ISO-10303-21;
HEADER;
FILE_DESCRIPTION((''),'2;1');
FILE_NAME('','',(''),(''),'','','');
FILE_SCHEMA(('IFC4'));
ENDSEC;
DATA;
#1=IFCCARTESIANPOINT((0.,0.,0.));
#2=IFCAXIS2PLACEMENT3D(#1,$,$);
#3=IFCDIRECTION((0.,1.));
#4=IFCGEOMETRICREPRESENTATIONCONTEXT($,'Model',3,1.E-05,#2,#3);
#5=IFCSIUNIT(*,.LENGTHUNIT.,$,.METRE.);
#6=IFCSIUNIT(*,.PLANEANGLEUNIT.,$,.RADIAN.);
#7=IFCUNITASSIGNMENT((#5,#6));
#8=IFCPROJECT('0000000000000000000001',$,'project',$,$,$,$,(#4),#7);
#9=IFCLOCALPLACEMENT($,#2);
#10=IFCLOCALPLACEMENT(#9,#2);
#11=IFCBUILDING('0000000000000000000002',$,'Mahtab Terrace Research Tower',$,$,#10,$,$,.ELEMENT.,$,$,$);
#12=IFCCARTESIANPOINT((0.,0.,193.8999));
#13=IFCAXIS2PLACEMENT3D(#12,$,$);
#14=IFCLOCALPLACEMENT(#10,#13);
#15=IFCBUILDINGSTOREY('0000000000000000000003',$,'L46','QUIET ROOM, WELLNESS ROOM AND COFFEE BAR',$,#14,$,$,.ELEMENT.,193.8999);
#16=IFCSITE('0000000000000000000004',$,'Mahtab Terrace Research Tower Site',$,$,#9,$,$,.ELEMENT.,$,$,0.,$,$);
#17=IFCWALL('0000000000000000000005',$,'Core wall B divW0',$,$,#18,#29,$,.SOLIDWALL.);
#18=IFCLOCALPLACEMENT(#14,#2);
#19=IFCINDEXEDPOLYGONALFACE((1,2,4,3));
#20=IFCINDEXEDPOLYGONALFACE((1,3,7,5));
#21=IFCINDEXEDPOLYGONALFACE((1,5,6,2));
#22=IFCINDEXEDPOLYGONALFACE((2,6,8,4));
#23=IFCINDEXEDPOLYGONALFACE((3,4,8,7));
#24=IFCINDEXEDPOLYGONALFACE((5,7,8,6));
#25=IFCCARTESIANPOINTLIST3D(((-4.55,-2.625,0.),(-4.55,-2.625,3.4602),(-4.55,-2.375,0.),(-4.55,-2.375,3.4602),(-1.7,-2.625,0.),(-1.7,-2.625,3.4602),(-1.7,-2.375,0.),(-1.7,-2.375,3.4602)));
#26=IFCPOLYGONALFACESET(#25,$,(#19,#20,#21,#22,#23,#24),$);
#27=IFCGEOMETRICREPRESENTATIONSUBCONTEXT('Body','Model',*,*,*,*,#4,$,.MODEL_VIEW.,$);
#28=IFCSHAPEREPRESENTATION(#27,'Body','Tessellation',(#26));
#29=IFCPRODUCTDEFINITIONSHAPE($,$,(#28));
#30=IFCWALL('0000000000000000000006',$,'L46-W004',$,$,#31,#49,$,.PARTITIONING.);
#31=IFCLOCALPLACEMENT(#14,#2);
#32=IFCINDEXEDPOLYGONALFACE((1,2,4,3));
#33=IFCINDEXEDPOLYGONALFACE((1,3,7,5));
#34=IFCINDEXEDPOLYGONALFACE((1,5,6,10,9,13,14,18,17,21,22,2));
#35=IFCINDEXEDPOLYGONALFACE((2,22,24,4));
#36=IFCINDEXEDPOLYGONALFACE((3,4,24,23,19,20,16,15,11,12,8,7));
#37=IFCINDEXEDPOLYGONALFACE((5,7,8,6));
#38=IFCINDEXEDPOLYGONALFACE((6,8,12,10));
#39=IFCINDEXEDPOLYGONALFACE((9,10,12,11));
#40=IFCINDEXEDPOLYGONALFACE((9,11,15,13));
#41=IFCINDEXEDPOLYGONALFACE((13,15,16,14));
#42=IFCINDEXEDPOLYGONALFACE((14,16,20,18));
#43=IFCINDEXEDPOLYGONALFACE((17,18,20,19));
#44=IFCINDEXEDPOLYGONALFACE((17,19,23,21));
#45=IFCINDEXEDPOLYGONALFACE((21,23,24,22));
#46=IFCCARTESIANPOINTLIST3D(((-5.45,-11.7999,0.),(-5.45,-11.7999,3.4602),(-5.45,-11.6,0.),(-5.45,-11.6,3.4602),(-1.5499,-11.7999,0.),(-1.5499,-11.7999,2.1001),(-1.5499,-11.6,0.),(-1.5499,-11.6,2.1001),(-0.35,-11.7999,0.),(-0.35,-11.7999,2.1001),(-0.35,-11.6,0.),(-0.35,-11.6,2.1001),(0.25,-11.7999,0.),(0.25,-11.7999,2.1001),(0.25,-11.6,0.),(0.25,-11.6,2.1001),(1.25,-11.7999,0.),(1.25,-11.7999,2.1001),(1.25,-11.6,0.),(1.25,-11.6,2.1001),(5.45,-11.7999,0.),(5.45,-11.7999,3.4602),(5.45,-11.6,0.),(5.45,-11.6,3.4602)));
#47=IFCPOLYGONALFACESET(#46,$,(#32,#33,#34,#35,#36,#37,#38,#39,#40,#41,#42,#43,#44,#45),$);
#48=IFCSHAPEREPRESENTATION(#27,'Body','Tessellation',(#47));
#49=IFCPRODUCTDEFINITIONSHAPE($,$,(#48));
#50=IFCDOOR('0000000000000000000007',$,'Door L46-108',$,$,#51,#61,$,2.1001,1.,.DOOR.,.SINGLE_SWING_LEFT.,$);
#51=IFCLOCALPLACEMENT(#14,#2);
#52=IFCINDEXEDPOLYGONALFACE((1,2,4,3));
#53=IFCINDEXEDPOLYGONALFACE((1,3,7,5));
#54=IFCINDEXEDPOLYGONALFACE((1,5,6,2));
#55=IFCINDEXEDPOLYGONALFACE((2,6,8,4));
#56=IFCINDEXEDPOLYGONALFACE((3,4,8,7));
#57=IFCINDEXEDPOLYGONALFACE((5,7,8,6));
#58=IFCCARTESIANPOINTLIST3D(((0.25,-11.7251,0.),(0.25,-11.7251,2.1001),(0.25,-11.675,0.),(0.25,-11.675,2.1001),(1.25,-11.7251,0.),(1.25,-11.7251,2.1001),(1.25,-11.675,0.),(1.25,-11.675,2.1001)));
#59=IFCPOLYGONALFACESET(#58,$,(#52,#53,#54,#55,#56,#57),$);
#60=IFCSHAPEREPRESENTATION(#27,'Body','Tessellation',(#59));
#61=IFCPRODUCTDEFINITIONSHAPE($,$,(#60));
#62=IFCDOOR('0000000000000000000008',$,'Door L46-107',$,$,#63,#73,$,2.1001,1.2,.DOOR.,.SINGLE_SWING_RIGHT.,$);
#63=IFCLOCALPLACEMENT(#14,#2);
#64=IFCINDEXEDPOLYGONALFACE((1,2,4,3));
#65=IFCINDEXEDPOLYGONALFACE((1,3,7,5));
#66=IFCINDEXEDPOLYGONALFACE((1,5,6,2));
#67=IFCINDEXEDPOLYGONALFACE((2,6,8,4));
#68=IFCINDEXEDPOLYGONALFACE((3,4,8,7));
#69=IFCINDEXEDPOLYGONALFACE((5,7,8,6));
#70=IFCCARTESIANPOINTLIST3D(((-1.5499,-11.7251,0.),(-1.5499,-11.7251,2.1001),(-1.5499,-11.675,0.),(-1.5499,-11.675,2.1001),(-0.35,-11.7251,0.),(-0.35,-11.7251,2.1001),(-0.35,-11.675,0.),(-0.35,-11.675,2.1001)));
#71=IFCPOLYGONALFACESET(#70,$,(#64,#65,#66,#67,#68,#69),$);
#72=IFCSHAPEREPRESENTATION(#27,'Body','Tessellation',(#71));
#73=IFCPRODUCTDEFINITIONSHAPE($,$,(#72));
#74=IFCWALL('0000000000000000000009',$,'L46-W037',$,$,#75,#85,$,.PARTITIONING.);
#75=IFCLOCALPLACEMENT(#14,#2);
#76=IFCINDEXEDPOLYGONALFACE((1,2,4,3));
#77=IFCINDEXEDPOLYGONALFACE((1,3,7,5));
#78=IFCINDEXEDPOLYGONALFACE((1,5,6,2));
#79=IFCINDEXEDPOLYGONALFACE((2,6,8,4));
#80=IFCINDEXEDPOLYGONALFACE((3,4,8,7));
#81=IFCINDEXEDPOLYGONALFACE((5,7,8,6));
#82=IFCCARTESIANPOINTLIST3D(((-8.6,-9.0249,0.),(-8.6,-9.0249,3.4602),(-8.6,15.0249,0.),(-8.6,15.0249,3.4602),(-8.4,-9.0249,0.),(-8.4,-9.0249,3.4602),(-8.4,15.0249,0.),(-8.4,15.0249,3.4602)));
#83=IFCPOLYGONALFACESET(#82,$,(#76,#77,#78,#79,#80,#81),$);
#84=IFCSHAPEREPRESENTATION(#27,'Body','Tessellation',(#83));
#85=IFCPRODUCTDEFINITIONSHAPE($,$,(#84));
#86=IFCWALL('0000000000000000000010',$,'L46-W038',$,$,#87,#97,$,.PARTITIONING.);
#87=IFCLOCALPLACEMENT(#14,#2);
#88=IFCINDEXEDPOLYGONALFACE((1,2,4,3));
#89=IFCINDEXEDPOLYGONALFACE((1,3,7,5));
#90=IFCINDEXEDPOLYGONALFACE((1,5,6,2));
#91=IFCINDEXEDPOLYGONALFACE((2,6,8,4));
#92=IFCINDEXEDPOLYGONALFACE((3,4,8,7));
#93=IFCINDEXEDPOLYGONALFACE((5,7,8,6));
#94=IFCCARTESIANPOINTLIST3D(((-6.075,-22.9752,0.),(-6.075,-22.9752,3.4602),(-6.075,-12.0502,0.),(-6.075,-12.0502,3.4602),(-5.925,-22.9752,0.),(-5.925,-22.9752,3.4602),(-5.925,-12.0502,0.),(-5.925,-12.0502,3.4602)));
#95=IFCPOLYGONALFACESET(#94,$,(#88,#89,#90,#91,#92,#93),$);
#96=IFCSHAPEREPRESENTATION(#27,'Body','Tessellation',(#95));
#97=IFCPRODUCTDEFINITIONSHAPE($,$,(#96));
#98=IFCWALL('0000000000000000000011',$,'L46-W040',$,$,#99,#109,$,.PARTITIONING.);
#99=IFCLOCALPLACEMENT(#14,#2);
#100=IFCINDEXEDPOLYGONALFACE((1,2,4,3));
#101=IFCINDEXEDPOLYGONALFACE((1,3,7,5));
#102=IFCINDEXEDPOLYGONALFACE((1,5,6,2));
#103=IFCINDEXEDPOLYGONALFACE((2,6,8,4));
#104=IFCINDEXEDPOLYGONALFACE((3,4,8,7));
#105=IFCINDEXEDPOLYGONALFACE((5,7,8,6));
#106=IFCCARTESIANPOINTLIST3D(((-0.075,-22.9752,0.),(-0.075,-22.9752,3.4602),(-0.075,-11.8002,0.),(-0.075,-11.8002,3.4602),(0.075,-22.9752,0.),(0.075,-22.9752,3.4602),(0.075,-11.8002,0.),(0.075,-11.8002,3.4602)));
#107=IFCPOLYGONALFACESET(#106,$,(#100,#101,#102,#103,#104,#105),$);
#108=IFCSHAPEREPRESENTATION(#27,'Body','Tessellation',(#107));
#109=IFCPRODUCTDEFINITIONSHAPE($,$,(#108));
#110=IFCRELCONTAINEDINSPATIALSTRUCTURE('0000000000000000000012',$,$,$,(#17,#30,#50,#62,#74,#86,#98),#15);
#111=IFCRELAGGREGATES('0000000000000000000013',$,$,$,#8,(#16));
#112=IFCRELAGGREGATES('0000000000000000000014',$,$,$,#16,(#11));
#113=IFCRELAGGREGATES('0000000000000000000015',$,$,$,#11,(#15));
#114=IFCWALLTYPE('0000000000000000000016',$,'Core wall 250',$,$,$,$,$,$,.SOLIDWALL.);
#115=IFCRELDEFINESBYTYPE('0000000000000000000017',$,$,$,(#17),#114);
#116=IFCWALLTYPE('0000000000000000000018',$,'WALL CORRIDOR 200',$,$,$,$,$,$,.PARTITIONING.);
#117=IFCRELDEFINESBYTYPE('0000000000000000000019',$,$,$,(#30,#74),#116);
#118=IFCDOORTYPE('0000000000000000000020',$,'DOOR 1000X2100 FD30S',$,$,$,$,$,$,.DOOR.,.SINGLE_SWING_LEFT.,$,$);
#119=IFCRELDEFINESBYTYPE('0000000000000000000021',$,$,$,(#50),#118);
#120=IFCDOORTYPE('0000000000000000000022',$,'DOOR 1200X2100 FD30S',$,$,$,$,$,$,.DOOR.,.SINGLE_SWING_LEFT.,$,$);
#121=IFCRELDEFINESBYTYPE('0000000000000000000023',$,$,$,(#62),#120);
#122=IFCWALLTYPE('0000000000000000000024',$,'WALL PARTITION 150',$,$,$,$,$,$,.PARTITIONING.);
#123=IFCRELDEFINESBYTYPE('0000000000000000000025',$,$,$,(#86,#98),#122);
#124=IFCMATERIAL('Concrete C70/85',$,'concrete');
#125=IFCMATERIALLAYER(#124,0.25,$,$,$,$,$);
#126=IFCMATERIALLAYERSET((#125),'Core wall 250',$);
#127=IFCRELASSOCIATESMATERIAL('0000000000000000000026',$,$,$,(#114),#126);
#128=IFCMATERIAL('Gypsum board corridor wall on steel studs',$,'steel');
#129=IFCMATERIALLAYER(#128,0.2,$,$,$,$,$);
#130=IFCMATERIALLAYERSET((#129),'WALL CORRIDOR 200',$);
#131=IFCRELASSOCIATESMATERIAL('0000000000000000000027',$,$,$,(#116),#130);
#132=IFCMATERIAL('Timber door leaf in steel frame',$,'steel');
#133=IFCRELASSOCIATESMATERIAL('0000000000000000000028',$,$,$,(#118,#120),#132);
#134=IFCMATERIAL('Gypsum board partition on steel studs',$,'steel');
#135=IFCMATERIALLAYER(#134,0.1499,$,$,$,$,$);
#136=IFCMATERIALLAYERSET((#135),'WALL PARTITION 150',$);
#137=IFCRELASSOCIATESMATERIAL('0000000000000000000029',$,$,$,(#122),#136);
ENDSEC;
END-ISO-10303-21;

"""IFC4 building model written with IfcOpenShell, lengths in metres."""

from ifc_helpers import new_model, si_unit, direction, frame, frame_2d, origin, place, context, subcontext, project, spatial, rectangle, extrude, material, layer, layer_set, type_object, element, fill, save


model = new_model("IFC4")

# Units and contexts
model_context = context("Model", 3, precision=1e-05, world=origin(), true_north=direction((0.0, 1.0)))
body_context = subcontext(model_context, "Body", "Model", "MODEL_VIEW")
ifc_project = project(units=[si_unit("LENGTHUNIT", "METRE"), si_unit("PLANEANGLEUNIT", "RADIAN")], contexts=[model_context])

# Site, building, storey
site_placement = place(None, origin())
site = spatial("IfcSite", under=ifc_project, at=site_placement, Name="Mahtab Terrace Research Tower Site", CompositionType="ELEMENT", RefElevation=0.0)
building_placement = place(site_placement, origin())
building = spatial("IfcBuilding", under=site, at=building_placement, Name="Mahtab Terrace Research Tower", CompositionType="ELEMENT")
storey_placement = place(building_placement, frame((0.0, 0.0, 193.8999)))
storey = spatial("IfcBuildingStorey", under=building, at=storey_placement, Name="L46", Description="QUIET ROOM, WELLNESS ROOM AND COFFEE BAR", CompositionType="ELEMENT", Elevation=193.8999)

# Shared definitions
ifc_material_1 = material(Name="Concrete C70/85", Category="concrete")

# Shared definitions
ifc_layer_1 = layer(ifc_material_1, 0.25)
ifc_layer_set_1 = layer_set([ifc_layer_1], Name="Core wall 250")
wall_type_1 = type_object("IfcWallType", Name="Core wall 250", PredefinedType="SOLIDWALL", material=ifc_layer_set_1)

# Wall
wall_1_placement = place(storey_placement, frame((-4.55, -2.5, 0.0), z_axis=(0.0, 0.0, 1.0), x_axis=(1.0, 0.0, 0.0)))
element("IfcWall", 1, at=wall_1_placement, inside=storey, type_object=wall_type_1, Name="Core wall B divW0", PredefinedType="SOLIDWALL", context=body_context, shape_type="SweptSolid", body=[
    extrude(rectangle(XDim=2.8501, YDim=0.25, at=frame_2d((1.425, 0.0))), origin(), (0.0, 0.0, 1.0), 3.4602),
])

# Wall, openings, doors
ifc_material_2 = material(Name="Gypsum board corridor wall on steel studs", Category="steel")
ifc_layer_2 = layer(ifc_material_2, 0.2)
ifc_layer_set_2 = layer_set([ifc_layer_2], Name="WALL CORRIDOR 200")
wall_type_2 = type_object("IfcWallType", Name="WALL CORRIDOR 200", PredefinedType="PARTITIONING", material=ifc_layer_set_2)
wall_2_placement = place(storey_placement, frame((-5.45, -11.7, 0.0), z_axis=(0.0, 0.0, 1.0), x_axis=(1.0, 0.0, 0.0)))
wall_2 = element("IfcWall", 2, at=wall_2_placement, inside=storey, type_object=wall_type_2, Name="L46-W004", PredefinedType="PARTITIONING", context=body_context, shape_type="SweptSolid", body=[
    extrude(rectangle(XDim=10.8999, YDim=0.2, at=frame_2d((5.45, 0.0))), origin(), (0.0, 0.0, 1.0), 3.4602),
])
opening_1_placement = place(wall_2_placement, frame((3.8999, 0.0, 0.0)))
opening_1 = element("IfcOpeningElement", 3, at=opening_1_placement, cuts=wall_2, PredefinedType="OPENING", context=body_context, shape_type="SweptSolid", body=[
    extrude(rectangle(XDim=1.2, YDim=2.1001, at=frame_2d((0.6001, 1.05))), frame((0.0, 0.1099, 0.0), z_axis=(0.0, -1.0, 0.0), x_axis=(1.0, 0.0, 0.0)), (0.0, 0.0, 1.0), 0.22),
])
opening_2_placement = place(wall_2_placement, frame((5.7, 0.0, 0.0)))
opening_2 = element("IfcOpeningElement", 4, at=opening_2_placement, cuts=wall_2, PredefinedType="OPENING", context=body_context, shape_type="SweptSolid", body=[
    extrude(rectangle(XDim=1.0, YDim=2.1001, at=frame_2d((0.5, 1.05))), frame((0.0, 0.1099, 0.0), z_axis=(0.0, -1.0, 0.0), x_axis=(1.0, 0.0, 0.0)), (0.0, 0.0, 1.0), 0.22),
])
ifc_material_3 = material(Name="Timber door leaf in steel frame", Category="steel")
door_type_1 = type_object("IfcDoorType", Name="DOOR 1000X2100 FD30S", OperationType="SINGLE_SWING_LEFT", PredefinedType="DOOR", material=ifc_material_3)
door_1_placement = place(opening_2_placement, origin())
door_1 = element("IfcDoor", 5, at=door_1_placement, inside=storey, type_object=door_type_1, Name="Door L46-108", OperationType="SINGLE_SWING_LEFT", OverallHeight=2.1001, OverallWidth=1.0, PredefinedType="DOOR", context=body_context, shape_type="SweptSolid", body=[
    extrude(rectangle(XDim=1.0, YDim=2.1001, at=frame_2d((0.5, 1.05))), frame((0.0, 0.0249, 0.0), z_axis=(0.0, -1.0, 0.0), x_axis=(1.0, 0.0, 0.0)), (0.0, 0.0, 1.0), 0.05),
])
fill(opening_2, door_1)
door_type_2 = type_object("IfcDoorType", Name="DOOR 1200X2100 FD30S", OperationType="SINGLE_SWING_LEFT", PredefinedType="DOOR", material=ifc_material_3)
door_2_placement = place(opening_1_placement, origin())
door_2 = element("IfcDoor", 6, at=door_2_placement, inside=storey, type_object=door_type_2, Name="Door L46-107", OperationType="SINGLE_SWING_RIGHT", OverallHeight=2.1001, OverallWidth=1.2, PredefinedType="DOOR", context=body_context, shape_type="SweptSolid", body=[
    extrude(rectangle(XDim=1.2, YDim=2.1001, at=frame_2d((0.6001, 1.05))), frame((0.0, 0.0249, 0.0), z_axis=(0.0, -1.0, 0.0), x_axis=(1.0, 0.0, 0.0)), (0.0, 0.0, 1.0), 0.05),
])
fill(opening_1, door_2)

# Walls
wall_3_placement = place(storey_placement, frame((-8.5, -9.0249, 0.0), z_axis=(0.0, 0.0, 1.0), x_axis=(0.0, 1.0, 0.0)))
element("IfcWall", 7, at=wall_3_placement, inside=storey, type_object=wall_type_2, Name="L46-W037", PredefinedType="PARTITIONING", context=body_context, shape_type="SweptSolid", body=[
    extrude(rectangle(XDim=24.0498, YDim=0.2, at=frame_2d((12.0249, 0.0))), origin(), (0.0, 0.0, 1.0), 3.4602),
])
ifc_material_4 = material(Name="Gypsum board partition on steel studs", Category="steel")
ifc_layer_3 = layer(ifc_material_4, 0.1499)
ifc_layer_set_3 = layer_set([ifc_layer_3], Name="WALL PARTITION 150")
wall_type_3 = type_object("IfcWallType", Name="WALL PARTITION 150", PredefinedType="PARTITIONING", material=ifc_layer_set_3)
wall_4_placement = place(storey_placement, frame((-6.0, -22.9751, 0.0), z_axis=(0.0, 0.0, 1.0), x_axis=(0.0, 1.0, 0.0)))
element("IfcWall", 8, at=wall_4_placement, inside=storey, type_object=wall_type_3, Name="L46-W038", PredefinedType="PARTITIONING", context=body_context, shape_type="SweptSolid", body=[
    extrude(rectangle(XDim=10.925, YDim=0.1499, at=frame_2d((5.4624, 0.0))), origin(), (0.0, 0.0, 1.0), 3.4602),
])
wall_5_placement = place(storey_placement, frame((0.0, -22.9751, 0.0), z_axis=(0.0, 0.0, 1.0), x_axis=(0.0, 1.0, 0.0)))
element("IfcWall", 9, at=wall_5_placement, inside=storey, type_object=wall_type_3, Name="L46-W040", PredefinedType="PARTITIONING", context=body_context, shape_type="SweptSolid", body=[
    extrude(rectangle(XDim=11.175, YDim=0.1499, at=frame_2d((5.5874, 0.0))), origin(), (0.0, 0.0, 1.0), 3.4602),
])

save(model, "model.ifc")
